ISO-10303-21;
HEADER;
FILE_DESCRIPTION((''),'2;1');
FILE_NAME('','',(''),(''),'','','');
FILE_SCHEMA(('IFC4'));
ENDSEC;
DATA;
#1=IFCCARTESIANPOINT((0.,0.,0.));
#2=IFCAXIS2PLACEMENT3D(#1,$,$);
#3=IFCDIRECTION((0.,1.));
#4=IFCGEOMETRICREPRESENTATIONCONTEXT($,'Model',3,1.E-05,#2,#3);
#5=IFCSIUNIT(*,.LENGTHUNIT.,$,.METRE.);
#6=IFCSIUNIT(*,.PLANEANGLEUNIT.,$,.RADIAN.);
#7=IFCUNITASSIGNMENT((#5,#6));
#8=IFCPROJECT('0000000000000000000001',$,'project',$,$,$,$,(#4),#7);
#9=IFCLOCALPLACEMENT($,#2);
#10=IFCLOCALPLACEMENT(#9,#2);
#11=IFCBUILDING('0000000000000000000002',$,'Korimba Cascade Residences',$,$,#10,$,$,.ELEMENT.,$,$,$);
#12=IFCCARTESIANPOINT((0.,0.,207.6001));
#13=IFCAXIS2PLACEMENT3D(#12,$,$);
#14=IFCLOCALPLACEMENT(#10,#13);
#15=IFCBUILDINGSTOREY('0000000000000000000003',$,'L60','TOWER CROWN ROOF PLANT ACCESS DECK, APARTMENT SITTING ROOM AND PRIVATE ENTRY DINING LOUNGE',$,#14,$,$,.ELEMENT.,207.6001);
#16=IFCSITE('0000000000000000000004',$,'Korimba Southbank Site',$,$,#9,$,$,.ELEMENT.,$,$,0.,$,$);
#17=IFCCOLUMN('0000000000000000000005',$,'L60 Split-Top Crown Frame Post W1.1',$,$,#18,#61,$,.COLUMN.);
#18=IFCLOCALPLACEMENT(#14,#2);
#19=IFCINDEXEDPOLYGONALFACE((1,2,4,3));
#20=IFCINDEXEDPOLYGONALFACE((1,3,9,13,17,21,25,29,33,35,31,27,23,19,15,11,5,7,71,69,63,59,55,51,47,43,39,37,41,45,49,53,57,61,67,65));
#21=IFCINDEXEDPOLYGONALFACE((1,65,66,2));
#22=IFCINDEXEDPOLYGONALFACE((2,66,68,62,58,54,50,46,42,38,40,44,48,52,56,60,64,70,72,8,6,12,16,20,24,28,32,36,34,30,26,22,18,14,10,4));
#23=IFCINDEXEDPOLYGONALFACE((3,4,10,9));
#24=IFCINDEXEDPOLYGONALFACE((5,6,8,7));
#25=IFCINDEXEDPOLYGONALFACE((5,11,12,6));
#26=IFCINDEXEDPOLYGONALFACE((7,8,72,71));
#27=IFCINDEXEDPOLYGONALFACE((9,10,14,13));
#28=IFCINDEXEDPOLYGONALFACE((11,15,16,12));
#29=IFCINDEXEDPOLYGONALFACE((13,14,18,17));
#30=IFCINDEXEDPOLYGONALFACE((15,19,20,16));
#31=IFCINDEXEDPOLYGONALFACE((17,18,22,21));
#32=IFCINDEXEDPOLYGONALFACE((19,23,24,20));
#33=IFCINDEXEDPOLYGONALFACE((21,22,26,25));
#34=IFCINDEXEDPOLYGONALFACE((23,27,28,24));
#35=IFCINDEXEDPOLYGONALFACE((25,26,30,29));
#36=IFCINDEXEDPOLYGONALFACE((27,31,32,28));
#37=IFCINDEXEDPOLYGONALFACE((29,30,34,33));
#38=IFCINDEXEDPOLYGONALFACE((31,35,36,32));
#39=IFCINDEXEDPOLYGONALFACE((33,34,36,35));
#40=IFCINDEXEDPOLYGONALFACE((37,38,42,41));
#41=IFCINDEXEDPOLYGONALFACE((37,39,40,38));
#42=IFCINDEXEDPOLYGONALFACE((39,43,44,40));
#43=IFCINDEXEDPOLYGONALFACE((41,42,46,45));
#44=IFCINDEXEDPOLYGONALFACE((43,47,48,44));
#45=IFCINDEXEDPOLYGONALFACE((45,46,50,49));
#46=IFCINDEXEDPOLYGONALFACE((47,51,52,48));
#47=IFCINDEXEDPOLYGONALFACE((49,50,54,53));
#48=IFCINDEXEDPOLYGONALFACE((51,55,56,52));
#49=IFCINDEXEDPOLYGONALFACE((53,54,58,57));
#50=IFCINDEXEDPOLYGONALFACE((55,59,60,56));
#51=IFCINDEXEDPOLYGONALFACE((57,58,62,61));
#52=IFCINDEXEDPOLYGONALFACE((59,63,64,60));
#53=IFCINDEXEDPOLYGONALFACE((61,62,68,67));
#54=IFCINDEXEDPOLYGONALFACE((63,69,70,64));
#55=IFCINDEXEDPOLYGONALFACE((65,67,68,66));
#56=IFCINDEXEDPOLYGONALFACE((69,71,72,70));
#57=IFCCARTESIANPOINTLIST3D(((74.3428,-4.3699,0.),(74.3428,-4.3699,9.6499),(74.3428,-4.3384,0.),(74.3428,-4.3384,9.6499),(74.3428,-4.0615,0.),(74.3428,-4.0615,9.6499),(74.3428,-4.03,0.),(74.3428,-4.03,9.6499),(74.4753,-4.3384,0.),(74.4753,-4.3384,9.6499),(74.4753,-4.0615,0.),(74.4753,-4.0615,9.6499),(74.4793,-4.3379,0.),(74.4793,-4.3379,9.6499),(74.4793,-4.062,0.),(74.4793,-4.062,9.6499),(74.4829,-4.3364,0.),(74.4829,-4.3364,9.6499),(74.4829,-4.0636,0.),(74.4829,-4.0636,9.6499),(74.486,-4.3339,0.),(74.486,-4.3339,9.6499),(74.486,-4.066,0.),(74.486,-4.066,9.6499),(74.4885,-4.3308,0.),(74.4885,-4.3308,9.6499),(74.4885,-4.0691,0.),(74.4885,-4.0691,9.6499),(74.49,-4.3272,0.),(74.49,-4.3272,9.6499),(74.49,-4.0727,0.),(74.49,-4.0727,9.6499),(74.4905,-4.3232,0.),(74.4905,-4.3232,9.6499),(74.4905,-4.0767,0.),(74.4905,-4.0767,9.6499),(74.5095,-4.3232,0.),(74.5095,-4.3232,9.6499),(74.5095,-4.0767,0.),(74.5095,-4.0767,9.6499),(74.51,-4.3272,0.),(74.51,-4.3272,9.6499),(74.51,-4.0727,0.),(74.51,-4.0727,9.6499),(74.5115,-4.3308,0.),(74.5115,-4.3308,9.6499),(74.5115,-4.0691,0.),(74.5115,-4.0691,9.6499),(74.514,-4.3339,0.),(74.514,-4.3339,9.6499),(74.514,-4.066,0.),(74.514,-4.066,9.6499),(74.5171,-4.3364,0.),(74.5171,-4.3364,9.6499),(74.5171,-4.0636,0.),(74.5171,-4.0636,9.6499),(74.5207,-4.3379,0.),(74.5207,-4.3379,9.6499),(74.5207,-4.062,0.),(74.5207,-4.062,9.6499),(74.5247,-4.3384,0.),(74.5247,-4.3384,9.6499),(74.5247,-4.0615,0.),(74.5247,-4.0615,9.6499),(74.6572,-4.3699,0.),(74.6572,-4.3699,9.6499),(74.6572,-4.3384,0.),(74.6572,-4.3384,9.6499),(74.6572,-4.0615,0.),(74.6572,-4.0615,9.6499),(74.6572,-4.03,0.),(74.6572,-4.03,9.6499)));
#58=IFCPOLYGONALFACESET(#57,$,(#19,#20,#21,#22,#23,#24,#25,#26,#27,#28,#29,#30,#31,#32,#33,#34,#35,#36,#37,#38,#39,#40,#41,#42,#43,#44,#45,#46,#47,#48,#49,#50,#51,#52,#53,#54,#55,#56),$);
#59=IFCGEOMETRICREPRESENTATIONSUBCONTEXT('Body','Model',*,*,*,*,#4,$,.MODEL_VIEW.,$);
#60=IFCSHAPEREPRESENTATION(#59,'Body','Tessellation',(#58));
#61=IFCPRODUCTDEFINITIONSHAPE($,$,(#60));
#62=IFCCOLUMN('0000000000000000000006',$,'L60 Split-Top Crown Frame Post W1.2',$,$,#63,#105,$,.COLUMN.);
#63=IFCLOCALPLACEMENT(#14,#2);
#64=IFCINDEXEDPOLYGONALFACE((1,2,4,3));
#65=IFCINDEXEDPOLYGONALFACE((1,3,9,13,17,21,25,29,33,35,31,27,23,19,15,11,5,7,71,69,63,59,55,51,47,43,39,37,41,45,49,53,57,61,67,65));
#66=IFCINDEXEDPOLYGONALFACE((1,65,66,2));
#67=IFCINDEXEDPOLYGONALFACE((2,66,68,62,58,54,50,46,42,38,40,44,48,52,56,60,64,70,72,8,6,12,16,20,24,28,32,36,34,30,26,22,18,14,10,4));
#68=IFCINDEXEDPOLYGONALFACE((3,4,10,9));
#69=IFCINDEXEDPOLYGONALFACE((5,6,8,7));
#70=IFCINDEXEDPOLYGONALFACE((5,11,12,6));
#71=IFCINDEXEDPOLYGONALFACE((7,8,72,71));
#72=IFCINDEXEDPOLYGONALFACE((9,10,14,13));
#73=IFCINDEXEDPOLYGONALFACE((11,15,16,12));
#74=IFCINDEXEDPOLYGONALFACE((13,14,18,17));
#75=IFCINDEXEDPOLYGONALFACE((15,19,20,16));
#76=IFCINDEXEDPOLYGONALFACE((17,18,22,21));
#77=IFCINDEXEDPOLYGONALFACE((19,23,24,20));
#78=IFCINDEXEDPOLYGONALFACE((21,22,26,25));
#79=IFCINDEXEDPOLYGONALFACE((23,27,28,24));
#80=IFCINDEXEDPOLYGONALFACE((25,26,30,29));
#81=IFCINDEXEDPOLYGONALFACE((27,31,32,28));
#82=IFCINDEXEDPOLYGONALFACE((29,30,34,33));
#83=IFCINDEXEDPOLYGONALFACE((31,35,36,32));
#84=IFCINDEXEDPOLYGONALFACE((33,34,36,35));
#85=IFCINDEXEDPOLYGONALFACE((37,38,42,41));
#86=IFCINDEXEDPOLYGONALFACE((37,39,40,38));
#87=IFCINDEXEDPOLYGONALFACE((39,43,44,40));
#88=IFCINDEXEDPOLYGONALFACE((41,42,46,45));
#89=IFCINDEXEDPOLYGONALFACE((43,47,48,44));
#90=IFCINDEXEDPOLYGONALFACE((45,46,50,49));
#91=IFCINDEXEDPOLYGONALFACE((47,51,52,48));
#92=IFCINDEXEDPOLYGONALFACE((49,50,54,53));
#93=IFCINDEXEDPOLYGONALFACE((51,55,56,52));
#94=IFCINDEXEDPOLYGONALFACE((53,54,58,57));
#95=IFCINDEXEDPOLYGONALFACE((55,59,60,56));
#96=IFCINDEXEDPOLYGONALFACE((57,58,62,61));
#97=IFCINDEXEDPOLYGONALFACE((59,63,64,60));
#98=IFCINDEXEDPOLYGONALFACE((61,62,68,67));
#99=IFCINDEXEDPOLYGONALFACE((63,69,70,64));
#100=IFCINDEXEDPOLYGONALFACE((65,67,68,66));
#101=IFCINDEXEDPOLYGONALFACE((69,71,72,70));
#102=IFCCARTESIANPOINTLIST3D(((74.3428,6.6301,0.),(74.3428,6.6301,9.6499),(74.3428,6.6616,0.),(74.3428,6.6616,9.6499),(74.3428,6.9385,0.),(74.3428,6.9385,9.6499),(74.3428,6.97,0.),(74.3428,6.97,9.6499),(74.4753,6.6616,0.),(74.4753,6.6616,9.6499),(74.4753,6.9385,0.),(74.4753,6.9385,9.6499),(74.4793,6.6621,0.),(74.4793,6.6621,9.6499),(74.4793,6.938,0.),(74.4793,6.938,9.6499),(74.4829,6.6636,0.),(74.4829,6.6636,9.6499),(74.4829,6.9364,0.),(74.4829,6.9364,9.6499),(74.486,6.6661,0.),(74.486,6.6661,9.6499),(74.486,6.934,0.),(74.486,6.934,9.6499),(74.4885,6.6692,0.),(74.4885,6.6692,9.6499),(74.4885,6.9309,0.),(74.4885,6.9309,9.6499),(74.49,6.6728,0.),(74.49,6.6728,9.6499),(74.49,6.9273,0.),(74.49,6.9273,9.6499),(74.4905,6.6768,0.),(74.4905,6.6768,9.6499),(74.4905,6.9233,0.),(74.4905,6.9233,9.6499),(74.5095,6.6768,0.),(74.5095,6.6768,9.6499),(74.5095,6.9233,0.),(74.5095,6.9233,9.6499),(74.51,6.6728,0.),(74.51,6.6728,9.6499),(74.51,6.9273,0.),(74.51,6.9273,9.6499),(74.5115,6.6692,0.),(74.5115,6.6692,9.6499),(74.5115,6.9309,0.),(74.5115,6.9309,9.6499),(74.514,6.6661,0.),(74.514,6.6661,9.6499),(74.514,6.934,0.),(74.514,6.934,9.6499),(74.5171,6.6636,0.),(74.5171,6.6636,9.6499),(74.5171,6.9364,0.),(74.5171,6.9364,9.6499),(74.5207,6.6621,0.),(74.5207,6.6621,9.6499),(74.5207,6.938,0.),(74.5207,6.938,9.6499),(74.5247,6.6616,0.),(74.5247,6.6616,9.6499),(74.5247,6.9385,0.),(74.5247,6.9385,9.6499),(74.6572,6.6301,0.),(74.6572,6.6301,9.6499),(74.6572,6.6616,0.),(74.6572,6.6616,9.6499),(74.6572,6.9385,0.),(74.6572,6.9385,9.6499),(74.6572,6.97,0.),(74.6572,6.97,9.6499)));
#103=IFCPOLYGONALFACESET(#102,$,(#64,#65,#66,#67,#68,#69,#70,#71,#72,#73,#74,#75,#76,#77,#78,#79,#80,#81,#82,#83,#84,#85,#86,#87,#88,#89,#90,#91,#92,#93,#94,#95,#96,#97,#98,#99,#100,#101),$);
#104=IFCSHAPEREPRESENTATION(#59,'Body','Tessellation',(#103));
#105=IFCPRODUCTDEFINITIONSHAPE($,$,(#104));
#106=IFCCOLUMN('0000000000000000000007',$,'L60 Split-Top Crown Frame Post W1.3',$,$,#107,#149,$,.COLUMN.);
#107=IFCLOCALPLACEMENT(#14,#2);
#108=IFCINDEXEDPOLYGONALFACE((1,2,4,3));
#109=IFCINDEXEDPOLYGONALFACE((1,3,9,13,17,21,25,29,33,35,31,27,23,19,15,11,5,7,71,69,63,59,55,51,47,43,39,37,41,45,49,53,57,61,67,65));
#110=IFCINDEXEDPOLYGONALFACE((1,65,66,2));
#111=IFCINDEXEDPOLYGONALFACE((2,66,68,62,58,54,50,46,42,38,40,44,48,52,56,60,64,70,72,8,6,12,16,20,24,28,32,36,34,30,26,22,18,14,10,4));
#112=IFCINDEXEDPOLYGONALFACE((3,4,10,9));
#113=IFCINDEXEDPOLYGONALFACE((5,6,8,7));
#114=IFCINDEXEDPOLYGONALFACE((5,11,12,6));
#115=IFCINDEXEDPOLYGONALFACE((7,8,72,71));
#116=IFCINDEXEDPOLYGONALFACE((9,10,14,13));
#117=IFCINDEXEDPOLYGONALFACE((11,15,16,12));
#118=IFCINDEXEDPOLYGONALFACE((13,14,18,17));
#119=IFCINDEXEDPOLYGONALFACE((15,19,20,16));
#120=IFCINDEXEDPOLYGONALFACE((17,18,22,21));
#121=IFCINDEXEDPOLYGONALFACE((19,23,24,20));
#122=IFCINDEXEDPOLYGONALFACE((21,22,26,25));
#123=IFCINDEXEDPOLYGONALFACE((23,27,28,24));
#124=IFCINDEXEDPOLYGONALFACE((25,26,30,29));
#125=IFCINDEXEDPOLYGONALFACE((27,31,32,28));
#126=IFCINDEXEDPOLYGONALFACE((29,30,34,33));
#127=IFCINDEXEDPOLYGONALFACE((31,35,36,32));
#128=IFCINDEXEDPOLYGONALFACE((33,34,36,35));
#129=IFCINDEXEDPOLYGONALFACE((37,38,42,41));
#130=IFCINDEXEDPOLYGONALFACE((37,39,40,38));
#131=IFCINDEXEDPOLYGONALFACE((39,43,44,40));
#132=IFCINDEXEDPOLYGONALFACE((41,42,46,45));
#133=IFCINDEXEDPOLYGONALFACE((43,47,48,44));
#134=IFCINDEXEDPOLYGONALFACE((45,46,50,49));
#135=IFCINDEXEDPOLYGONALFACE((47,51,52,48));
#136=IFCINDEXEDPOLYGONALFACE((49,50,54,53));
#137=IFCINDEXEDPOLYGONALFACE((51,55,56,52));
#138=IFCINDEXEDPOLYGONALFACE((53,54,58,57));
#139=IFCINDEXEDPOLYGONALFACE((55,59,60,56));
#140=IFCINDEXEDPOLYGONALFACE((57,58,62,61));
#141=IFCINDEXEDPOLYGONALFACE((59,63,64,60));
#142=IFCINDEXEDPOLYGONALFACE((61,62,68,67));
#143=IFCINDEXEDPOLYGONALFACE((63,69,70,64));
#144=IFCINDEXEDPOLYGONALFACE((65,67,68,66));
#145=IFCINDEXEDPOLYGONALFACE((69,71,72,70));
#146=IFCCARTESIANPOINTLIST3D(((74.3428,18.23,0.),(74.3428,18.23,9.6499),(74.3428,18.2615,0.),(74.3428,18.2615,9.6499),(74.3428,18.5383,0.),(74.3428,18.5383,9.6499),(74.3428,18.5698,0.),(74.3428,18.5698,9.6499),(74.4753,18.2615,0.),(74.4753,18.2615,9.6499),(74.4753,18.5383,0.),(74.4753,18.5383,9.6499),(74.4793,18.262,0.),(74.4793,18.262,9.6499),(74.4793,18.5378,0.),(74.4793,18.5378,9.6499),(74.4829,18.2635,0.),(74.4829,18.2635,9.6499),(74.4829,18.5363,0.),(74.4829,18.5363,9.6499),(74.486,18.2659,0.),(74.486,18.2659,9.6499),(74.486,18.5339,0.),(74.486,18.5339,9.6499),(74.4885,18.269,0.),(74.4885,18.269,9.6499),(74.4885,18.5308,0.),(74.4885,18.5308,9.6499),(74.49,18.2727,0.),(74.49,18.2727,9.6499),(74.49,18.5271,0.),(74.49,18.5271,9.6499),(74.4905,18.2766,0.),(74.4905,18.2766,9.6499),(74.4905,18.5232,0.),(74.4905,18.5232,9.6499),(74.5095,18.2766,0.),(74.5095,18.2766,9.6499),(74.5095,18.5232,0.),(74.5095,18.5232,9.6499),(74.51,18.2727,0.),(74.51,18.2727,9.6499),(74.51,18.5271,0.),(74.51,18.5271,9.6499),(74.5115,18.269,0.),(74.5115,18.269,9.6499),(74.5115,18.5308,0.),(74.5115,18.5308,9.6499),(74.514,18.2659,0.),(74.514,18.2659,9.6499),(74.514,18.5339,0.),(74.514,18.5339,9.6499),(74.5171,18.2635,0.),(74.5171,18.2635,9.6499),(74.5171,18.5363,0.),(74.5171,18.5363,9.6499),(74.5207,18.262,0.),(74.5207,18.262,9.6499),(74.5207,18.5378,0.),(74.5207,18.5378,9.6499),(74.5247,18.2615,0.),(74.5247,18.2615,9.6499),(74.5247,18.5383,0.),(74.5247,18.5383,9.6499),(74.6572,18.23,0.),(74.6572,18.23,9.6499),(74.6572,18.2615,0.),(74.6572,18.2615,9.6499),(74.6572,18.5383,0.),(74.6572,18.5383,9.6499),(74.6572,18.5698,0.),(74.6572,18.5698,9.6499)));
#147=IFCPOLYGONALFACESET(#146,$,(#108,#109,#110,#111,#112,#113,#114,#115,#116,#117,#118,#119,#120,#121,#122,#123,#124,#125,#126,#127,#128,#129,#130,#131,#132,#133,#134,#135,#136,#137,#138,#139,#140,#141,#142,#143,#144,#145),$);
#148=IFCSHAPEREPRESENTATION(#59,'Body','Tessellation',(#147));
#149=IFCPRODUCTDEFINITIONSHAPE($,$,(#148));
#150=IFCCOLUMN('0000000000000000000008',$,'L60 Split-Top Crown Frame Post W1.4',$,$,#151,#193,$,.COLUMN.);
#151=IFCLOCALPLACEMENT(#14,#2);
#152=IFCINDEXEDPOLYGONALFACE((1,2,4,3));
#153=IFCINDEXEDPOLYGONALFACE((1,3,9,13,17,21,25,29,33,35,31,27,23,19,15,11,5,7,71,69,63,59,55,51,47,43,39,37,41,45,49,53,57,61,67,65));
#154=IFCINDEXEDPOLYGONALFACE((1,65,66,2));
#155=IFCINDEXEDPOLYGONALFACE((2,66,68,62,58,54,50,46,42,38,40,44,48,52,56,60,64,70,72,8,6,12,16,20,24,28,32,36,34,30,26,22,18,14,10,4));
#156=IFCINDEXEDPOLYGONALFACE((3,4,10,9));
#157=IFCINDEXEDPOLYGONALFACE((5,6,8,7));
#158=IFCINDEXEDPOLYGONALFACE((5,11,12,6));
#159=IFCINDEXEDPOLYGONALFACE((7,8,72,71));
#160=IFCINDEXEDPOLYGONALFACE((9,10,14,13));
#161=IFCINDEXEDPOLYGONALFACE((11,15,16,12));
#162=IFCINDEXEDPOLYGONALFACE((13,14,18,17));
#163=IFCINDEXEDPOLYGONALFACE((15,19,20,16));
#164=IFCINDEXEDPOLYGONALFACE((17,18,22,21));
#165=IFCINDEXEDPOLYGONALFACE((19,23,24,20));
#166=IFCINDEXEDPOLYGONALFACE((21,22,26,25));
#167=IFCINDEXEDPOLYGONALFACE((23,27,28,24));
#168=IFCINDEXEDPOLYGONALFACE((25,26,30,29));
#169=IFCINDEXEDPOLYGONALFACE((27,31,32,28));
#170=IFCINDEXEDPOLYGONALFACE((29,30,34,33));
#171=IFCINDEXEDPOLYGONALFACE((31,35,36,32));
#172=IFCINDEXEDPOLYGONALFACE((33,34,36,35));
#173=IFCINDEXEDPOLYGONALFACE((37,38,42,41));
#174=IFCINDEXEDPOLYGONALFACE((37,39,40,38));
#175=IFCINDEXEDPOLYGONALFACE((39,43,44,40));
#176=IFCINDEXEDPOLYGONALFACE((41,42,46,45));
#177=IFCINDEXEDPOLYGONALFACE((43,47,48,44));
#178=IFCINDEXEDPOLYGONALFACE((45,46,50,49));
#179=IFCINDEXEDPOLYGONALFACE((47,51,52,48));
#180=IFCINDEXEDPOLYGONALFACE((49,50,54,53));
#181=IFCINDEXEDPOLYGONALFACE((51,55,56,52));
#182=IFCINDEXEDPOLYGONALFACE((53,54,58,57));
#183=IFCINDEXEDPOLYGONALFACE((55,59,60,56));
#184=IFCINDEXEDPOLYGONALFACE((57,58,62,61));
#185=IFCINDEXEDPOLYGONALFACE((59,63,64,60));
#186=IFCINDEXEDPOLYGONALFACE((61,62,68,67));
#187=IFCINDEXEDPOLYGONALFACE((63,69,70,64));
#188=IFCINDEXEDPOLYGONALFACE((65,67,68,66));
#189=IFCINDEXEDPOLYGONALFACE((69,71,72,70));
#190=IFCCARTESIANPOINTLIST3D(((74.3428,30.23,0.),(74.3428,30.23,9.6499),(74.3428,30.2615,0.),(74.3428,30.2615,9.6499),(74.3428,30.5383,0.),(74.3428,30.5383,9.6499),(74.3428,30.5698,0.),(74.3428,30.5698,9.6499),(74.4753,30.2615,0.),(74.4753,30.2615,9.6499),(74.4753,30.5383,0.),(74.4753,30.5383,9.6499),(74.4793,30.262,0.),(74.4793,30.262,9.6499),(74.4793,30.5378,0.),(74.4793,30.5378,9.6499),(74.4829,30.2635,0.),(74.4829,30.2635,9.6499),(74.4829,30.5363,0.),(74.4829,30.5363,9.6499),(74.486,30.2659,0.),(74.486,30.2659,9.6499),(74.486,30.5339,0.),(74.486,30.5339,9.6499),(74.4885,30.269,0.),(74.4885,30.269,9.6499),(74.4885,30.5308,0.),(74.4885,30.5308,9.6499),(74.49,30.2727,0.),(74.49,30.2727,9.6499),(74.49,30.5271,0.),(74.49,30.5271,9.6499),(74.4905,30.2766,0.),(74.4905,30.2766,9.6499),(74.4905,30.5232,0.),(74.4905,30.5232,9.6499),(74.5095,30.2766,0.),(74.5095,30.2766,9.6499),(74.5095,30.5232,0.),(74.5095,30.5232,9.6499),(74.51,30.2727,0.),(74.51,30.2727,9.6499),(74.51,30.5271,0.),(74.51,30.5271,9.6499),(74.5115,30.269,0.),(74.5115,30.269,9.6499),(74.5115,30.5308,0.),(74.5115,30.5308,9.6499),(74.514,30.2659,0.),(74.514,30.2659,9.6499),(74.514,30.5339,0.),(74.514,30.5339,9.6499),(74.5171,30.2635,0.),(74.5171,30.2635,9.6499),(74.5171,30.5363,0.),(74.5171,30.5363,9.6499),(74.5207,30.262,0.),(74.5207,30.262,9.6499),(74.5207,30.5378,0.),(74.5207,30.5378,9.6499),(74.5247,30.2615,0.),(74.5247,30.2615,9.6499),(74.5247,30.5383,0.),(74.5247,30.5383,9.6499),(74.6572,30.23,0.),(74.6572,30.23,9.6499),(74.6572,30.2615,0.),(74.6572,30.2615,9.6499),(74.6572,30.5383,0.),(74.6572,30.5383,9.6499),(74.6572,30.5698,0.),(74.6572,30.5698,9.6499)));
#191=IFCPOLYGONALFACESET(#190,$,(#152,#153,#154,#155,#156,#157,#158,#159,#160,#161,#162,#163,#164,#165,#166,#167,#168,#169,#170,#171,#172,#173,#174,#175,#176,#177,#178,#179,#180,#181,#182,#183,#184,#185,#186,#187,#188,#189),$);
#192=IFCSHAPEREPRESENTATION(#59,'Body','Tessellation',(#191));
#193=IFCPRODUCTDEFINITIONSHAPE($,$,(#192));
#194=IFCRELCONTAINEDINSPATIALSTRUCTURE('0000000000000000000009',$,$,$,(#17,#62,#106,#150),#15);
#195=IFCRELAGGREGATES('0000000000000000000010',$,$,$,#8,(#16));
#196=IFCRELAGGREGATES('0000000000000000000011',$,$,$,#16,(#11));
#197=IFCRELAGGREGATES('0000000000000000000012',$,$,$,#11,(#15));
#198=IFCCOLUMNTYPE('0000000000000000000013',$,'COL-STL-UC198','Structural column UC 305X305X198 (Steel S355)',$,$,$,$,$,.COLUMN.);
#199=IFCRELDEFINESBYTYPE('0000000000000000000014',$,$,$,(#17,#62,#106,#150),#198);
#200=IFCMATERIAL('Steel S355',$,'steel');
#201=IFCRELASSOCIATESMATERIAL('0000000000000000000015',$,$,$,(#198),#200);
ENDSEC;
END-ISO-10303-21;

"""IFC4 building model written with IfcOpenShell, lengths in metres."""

from ifc_helpers import new_model, si_unit, direction, frame, origin, origin_2d, place, context, subcontext, project, spatial, i_section, extrude, material, material_profile, profile_set, type_object, element, save


model = new_model("IFC4")

# Units and contexts
model_context = context("Model", 3, precision=1e-05, world=origin(), true_north=direction((0.0, 1.0)))
body_context = subcontext(model_context, "Body", "Model", "MODEL_VIEW")
ifc_project = project(units=[si_unit("LENGTHUNIT", "METRE"), si_unit("PLANEANGLEUNIT", "RADIAN")], contexts=[model_context])

# Site, building, storey
site_placement = place(None, origin())
site = spatial("IfcSite", under=ifc_project, at=site_placement, Name="Korimba Southbank Site", CompositionType="ELEMENT", RefElevation=0.0)
building_placement = place(site_placement, origin())
building = spatial("IfcBuilding", under=site, at=building_placement, Name="Korimba Cascade Residences", CompositionType="ELEMENT")
storey_placement = place(building_placement, frame((0.0, 0.0, 207.6001)))
storey = spatial("IfcBuildingStorey", under=building, at=storey_placement, Name="L60", Description="TOWER CROWN ROOF PLANT ACCESS DECK, APARTMENT SITTING ROOM AND PRIVATE ENTRY DINING LOUNGE", CompositionType="ELEMENT", Elevation=207.6001)

# Columns
ifc_material_1 = material(Name="Steel S355", Category="steel")
ifc_material_profile_1 = material_profile(ifc_material_1, i_section(OverallWidth=0.3145, OverallDepth=0.3398, WebThickness=0.019, FlangeThickness=0.0315, FilletRadius=0.0151, at=origin_2d()), Name="Steel S355")
ifc_profile_set_1 = profile_set([ifc_material_profile_1], Name="Steel S355")
column_type = type_object("IfcColumnType", Name="COL-STL-UC198", Description="Structural column UC 305X305X198 (Steel S355)", PredefinedType="COLUMN", material=ifc_profile_set_1)
for number, where, z_axis, x_axis, name in (
    (1, (74.5, -4.2, 0.0), (0.0, 0.0, 1.0), (1.0, 0.0, 0.0), "L60 Split-Top Crown Frame Post W1.1"),
    (2, (74.5, 6.8, 0.0), (0.0, 0.0, 1.0), (1.0, 0.0, 0.0), "L60 Split-Top Crown Frame Post W1.2"),
    (3, (74.5, 18.3999, 0.0), (0.0, 0.0, 1.0), (1.0, 0.0, 0.0), "L60 Split-Top Crown Frame Post W1.3"),
    (4, (74.5, 30.3999, 0.0), (0.0, 0.0, 1.0), (1.0, 0.0, 0.0), "L60 Split-Top Crown Frame Post W1.4"),
):
    element("IfcColumn", number, at=place(storey_placement, frame(where, z_axis=z_axis, x_axis=x_axis)), inside=storey, type_object=column_type, Name=name, PredefinedType="COLUMN", context=body_context, shape_type="SweptSolid", body=[
        extrude(i_section(OverallWidth=0.3145, OverallDepth=0.3398, WebThickness=0.019, FlangeThickness=0.0315, FilletRadius=0.0151, at=origin_2d()), origin(), (0.0, 0.0, 1.0), 9.6499),
    ])

save(model, "model.ifc")
